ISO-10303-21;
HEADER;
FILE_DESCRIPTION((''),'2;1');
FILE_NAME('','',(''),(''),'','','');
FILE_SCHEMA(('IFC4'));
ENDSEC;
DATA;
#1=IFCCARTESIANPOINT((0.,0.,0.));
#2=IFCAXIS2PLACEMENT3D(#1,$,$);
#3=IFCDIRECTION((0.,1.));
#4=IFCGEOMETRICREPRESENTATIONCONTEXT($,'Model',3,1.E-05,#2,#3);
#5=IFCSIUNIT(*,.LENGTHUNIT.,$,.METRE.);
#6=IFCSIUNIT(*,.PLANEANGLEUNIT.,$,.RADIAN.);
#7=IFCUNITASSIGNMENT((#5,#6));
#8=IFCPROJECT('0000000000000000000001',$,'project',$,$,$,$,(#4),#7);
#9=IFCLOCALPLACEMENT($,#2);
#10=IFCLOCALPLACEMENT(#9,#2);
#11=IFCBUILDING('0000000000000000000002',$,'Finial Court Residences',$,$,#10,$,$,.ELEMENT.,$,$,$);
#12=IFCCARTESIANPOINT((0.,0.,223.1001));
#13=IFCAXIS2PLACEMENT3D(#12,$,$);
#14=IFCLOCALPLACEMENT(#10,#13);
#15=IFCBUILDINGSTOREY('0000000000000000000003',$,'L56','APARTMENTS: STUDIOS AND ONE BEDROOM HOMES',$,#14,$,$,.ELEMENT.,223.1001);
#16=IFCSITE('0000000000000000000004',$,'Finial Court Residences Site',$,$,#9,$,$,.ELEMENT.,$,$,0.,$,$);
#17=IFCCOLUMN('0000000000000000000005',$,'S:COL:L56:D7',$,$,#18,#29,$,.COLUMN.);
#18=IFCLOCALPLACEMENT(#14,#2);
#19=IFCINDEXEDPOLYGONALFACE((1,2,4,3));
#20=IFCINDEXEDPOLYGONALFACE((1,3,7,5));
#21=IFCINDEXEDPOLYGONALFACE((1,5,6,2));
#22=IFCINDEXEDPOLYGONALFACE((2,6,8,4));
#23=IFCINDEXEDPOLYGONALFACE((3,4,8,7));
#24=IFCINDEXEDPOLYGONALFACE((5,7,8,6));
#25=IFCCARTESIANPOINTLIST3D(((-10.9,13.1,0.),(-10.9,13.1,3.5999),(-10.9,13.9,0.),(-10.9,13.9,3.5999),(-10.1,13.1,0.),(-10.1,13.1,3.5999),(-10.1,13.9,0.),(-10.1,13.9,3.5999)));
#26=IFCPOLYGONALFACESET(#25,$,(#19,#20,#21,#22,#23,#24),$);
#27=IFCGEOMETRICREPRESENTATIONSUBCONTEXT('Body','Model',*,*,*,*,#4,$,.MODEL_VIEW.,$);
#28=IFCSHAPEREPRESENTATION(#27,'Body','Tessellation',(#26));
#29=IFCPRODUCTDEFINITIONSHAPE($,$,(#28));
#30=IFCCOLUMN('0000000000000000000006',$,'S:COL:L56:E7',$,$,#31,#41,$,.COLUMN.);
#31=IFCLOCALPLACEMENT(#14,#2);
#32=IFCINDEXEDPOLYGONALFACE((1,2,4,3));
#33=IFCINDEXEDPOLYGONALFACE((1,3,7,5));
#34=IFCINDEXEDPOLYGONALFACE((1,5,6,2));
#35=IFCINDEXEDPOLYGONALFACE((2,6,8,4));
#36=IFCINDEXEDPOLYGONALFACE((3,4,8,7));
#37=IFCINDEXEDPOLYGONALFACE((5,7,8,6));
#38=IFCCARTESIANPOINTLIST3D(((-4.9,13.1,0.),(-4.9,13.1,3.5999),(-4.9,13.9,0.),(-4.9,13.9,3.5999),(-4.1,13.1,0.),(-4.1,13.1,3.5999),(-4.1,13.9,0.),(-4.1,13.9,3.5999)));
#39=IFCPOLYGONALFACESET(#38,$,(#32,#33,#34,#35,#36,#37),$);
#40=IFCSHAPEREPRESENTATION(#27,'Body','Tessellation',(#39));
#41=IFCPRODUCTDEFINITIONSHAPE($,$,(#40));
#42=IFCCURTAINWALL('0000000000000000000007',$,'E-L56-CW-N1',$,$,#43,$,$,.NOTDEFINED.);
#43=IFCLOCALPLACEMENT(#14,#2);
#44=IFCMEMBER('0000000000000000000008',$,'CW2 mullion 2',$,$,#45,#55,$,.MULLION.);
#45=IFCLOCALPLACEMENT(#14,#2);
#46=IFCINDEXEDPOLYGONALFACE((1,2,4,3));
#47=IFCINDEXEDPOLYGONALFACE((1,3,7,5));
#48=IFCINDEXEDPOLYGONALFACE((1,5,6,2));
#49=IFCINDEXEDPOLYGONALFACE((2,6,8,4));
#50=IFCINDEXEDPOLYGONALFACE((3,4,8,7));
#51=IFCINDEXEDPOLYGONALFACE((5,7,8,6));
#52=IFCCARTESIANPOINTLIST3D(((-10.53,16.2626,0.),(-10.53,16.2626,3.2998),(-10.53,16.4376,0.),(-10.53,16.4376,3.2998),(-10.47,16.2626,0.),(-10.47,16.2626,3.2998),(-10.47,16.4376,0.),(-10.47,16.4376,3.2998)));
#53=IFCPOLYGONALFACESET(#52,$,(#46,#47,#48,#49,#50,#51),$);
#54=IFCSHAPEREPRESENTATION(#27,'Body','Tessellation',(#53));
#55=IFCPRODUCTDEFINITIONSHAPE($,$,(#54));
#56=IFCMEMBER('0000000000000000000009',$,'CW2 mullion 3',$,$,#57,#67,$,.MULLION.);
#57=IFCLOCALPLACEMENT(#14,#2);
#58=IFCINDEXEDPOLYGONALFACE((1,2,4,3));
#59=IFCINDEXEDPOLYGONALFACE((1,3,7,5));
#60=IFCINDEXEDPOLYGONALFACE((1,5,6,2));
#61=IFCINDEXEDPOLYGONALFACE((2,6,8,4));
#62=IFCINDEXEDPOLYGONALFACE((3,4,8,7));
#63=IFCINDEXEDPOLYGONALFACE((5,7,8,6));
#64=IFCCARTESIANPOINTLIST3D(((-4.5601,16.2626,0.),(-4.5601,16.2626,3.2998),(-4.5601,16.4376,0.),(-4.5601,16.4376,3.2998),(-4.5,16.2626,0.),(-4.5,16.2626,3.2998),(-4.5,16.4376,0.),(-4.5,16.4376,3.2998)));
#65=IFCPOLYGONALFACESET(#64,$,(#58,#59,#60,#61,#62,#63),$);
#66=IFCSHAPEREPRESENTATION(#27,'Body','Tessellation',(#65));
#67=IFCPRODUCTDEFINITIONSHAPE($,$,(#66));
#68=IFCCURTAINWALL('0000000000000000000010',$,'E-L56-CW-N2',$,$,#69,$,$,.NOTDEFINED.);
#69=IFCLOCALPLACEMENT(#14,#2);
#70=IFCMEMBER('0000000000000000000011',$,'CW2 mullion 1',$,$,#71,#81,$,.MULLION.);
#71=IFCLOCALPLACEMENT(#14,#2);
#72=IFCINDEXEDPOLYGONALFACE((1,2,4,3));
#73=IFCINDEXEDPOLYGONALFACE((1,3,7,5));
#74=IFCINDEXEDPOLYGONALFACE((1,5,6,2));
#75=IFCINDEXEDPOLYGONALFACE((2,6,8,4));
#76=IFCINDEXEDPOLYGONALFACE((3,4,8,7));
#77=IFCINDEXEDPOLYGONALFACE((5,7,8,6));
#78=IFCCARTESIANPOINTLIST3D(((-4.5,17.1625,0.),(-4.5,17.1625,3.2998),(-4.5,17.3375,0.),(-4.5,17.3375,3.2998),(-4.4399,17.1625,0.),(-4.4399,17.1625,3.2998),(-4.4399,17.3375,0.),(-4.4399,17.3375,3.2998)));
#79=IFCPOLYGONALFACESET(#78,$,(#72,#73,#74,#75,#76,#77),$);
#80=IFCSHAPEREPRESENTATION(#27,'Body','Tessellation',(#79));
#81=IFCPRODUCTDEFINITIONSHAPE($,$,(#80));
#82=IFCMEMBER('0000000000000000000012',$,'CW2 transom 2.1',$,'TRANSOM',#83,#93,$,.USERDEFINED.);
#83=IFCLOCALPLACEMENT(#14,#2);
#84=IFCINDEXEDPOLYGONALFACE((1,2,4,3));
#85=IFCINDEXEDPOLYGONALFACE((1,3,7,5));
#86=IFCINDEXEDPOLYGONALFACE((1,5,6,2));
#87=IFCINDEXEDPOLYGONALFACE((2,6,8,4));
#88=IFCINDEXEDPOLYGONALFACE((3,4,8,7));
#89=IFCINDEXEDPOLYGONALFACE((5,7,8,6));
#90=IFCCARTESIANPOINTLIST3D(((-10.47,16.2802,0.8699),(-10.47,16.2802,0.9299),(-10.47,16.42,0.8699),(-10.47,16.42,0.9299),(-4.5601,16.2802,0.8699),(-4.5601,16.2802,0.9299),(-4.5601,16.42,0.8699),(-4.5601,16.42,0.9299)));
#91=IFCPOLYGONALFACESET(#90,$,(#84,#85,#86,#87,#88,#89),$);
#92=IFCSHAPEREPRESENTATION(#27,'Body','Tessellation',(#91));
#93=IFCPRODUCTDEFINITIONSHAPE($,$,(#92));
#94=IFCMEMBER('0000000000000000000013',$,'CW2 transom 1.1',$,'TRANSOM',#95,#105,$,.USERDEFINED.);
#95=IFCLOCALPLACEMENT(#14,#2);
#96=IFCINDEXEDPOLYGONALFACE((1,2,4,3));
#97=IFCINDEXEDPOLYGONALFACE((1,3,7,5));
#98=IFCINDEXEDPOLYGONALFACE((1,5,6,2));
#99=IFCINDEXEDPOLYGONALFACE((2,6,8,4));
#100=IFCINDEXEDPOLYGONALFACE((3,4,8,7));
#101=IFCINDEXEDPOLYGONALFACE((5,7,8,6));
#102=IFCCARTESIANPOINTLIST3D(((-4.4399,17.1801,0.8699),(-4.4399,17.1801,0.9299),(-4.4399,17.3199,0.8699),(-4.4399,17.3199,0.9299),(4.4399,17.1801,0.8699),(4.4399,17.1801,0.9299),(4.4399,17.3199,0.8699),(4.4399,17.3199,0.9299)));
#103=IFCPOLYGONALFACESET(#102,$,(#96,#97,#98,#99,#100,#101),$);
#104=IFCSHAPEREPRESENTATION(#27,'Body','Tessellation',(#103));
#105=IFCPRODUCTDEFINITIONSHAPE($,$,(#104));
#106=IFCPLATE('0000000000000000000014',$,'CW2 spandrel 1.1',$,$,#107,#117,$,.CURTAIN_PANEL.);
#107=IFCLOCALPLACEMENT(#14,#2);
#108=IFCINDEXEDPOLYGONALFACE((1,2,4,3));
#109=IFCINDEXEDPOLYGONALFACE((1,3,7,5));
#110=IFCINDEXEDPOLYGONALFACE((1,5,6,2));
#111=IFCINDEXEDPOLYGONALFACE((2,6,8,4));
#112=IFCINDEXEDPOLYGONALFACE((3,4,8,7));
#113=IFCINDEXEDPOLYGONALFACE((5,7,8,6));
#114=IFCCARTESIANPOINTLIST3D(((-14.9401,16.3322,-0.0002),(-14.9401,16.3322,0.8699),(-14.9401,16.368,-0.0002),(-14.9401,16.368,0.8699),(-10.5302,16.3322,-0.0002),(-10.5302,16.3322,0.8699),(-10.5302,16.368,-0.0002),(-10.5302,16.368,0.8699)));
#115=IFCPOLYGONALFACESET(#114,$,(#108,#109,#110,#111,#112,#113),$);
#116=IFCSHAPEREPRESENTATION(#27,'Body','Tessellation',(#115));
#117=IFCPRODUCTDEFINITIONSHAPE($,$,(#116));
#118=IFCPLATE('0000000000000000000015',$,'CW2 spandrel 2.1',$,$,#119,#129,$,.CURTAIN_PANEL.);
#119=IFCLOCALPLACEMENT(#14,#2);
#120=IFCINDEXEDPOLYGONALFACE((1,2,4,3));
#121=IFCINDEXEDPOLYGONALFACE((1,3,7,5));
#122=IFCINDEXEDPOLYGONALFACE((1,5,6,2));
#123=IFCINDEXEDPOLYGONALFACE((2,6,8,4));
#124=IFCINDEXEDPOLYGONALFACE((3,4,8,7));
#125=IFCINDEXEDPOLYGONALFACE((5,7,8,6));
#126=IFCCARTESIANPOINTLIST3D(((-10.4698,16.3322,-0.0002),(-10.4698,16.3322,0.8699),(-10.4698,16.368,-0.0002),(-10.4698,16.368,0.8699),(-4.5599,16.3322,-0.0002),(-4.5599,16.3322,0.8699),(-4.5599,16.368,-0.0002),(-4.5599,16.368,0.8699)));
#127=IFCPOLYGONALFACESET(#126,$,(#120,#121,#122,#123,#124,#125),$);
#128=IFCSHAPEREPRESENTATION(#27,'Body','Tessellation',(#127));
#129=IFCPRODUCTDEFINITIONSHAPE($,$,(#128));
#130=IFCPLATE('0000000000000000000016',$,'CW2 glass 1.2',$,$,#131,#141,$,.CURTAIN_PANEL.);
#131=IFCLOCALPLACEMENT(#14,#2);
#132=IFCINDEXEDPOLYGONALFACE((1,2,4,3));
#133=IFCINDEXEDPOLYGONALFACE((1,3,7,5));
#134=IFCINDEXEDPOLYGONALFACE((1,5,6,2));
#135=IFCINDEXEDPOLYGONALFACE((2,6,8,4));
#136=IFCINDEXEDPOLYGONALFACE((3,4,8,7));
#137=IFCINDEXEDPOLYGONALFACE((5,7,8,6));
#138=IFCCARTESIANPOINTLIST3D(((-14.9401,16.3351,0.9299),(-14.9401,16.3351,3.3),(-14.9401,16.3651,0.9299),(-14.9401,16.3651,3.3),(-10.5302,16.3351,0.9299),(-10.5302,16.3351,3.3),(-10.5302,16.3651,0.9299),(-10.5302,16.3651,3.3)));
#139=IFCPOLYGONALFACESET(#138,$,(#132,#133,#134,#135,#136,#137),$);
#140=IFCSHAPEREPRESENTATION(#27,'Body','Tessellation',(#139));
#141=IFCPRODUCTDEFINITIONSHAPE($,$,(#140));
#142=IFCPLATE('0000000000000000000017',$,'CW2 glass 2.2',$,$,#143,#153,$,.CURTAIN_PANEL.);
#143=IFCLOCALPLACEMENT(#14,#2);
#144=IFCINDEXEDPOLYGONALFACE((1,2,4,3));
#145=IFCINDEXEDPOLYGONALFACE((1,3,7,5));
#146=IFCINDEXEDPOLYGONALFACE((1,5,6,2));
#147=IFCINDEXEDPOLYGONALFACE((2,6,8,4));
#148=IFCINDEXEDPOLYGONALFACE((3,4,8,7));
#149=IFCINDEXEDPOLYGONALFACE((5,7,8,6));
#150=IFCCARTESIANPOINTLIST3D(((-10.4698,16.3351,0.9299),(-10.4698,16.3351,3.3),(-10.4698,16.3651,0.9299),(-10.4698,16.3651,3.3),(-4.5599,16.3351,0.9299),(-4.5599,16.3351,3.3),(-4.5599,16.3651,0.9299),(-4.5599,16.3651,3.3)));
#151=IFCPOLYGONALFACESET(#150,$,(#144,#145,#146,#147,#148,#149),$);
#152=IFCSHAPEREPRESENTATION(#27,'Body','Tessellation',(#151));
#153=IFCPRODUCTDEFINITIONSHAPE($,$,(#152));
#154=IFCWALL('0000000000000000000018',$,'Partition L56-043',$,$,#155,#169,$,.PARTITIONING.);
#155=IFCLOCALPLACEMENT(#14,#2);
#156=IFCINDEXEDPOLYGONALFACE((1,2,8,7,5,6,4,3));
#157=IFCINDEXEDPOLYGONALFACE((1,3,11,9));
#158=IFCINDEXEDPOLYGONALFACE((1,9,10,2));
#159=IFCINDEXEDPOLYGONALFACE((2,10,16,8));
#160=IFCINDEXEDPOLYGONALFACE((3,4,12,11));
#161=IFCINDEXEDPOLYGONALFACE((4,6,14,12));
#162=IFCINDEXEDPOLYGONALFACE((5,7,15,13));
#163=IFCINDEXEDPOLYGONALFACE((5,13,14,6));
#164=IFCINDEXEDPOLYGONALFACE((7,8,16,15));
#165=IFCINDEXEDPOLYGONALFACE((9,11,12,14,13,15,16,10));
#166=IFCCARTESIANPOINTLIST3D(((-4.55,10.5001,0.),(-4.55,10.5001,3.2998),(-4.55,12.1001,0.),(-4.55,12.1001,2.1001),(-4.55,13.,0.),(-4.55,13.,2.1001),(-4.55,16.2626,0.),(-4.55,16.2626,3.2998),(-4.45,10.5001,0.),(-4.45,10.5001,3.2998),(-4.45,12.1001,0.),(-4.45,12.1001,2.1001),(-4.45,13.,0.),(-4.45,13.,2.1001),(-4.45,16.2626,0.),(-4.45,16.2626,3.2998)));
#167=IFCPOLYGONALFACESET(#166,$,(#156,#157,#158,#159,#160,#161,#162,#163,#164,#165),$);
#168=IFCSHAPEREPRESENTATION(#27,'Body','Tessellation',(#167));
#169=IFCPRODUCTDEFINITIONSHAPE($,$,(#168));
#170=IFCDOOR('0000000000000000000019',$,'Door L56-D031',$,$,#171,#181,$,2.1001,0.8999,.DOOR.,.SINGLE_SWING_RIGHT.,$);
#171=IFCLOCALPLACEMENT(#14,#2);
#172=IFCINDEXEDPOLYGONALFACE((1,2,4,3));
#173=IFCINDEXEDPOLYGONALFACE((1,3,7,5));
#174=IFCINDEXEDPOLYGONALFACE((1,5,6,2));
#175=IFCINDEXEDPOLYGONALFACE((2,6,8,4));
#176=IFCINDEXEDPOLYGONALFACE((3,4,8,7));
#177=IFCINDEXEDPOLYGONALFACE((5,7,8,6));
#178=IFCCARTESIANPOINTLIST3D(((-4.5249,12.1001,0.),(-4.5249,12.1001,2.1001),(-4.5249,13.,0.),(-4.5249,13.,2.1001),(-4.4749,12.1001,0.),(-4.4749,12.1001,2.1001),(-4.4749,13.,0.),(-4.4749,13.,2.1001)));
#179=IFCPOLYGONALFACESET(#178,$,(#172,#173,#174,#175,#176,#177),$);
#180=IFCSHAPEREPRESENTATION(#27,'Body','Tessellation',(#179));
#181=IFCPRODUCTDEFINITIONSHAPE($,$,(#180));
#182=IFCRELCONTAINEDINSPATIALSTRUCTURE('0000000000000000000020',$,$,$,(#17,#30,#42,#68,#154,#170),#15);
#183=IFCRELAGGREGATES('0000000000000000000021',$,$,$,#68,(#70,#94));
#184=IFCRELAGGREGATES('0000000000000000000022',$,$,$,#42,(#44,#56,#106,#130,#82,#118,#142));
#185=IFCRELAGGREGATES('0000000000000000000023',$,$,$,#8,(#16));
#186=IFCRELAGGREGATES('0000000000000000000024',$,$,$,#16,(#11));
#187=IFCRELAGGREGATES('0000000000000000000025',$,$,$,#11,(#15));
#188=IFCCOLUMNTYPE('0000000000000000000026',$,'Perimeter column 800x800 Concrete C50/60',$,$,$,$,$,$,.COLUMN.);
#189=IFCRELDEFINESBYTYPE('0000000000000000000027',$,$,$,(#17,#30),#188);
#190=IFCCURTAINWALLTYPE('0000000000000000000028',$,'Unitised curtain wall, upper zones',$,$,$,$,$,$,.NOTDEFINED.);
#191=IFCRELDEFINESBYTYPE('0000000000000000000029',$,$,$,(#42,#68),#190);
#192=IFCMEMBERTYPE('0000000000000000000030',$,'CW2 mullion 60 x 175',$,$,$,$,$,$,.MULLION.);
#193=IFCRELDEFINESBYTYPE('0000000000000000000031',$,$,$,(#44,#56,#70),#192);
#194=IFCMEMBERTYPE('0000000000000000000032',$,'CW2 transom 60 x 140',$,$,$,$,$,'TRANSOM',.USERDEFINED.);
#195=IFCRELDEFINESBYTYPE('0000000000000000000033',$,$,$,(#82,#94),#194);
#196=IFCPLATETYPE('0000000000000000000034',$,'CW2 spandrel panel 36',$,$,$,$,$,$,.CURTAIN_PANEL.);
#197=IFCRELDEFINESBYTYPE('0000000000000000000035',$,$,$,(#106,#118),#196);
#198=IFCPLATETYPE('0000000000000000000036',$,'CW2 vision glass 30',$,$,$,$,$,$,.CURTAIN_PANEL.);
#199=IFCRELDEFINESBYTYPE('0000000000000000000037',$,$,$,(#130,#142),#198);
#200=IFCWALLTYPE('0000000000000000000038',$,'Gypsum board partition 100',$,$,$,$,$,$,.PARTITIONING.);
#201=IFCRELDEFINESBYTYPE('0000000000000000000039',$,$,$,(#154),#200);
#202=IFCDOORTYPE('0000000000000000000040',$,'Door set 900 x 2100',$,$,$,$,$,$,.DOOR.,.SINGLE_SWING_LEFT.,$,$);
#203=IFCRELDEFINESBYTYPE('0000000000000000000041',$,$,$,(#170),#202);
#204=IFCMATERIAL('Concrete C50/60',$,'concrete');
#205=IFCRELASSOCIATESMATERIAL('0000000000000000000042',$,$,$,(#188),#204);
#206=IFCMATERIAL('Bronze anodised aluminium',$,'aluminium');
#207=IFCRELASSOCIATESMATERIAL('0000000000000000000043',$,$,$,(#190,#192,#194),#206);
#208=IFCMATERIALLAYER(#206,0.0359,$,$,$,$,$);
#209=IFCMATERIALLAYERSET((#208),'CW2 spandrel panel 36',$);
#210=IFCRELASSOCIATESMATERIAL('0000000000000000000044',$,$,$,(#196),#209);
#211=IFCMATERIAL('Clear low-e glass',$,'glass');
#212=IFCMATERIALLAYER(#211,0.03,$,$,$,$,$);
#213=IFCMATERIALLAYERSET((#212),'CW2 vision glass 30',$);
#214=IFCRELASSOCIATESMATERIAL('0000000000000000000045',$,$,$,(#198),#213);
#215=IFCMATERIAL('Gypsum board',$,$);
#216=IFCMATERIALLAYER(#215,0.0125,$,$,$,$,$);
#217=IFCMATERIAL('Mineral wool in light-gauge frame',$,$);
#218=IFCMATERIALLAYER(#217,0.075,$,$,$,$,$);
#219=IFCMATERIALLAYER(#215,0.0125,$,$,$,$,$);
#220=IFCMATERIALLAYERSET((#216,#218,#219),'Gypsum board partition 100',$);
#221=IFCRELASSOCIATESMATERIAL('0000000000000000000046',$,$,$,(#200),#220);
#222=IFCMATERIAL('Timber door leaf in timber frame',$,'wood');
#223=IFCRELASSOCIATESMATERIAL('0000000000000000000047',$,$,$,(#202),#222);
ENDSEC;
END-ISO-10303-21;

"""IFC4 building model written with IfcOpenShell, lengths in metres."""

from ifc_helpers import new_model, si_unit, direction, frame, frame_2d, origin, origin_2d, place, context, subcontext, project, spatial, rectangle, extrude, material, layer, layer_set, material_profile, profile_set, type_object, element, fill, aggregate, save


model = new_model("IFC4")

# Units and contexts
model_context = context("Model", 3, precision=1e-05, world=origin(), true_north=direction((0.0, 1.0)))
body_context = subcontext(model_context, "Body", "Model", "MODEL_VIEW")
ifc_project = project(units=[si_unit("LENGTHUNIT", "METRE"), si_unit("PLANEANGLEUNIT", "RADIAN")], contexts=[model_context])

# Site, building, storey
site_placement = place(None, origin())
site = spatial("IfcSite", under=ifc_project, at=site_placement, Name="Finial Court Residences Site", CompositionType="ELEMENT", RefElevation=0.0)
building_placement = place(site_placement, origin())
building = spatial("IfcBuilding", under=site, at=building_placement, Name="Finial Court Residences", CompositionType="ELEMENT")
storey_placement = place(building_placement, frame((0.0, 0.0, 223.1001)))
storey = spatial("IfcBuildingStorey", under=building, at=storey_placement, Name="L56", Description="APARTMENTS: STUDIOS AND ONE BEDROOM HOMES", CompositionType="ELEMENT", Elevation=223.1001)

# Columns
ifc_material_1 = material(Name="Concrete C50/60", Category="concrete")
ifc_material_profile_1 = material_profile(ifc_material_1, rectangle(XDim=0.8, YDim=0.8, at=origin_2d()), Name="800x800")
ifc_profile_set_1 = profile_set([ifc_material_profile_1], Name="Concrete C50/60")
column_type = type_object("IfcColumnType", Name="Perimeter column 800x800 Concrete C50/60", PredefinedType="COLUMN", material=ifc_profile_set_1)
for number, where, z_axis, x_axis, name in (
    (1, (-10.5, 13.5, 0.0), (0.0, 0.0, 1.0), (1.0, 0.0, 0.0), "S:COL:L56:D7"),
    (2, (-4.5, 13.5, 0.0), (0.0, 0.0, 1.0), (1.0, 0.0, 0.0), "S:COL:L56:E7"),
):
    element("IfcColumn", number, at=place(storey_placement, frame(where, z_axis=z_axis, x_axis=x_axis)), inside=storey, type_object=column_type, Name=name, PredefinedType="COLUMN", context=body_context, shape_type="SweptSolid", body=[
        extrude(rectangle(XDim=0.8, YDim=0.8, at=origin_2d()), origin(), (0.0, 0.0, 1.0), 3.5999),
    ])

# Curtain wall, members
ifc_material_2 = material(Name="Bronze anodised aluminium", Category="aluminium")
curtain_wall_type = type_object("IfcCurtainWallType", Name="Unitised curtain wall, upper zones", PredefinedType="NOTDEFINED", material=ifc_material_2)
curtain_wall_1_placement = place(storey_placement, origin())
curtain_wall_1 = element("IfcCurtainWall", 3, at=curtain_wall_1_placement, inside=storey, type_object=curtain_wall_type, Name="E-L56-CW-N1", PredefinedType="NOTDEFINED")
ifc_material_profile_2 = material_profile(ifc_material_2, rectangle(XDim=0.175, YDim=0.0601, at=origin_2d()), Name="CW2 mullion 60 x 175")
ifc_profile_set_2 = profile_set([ifc_material_profile_2], Name="Bronze anodised aluminium")
member_type_1 = type_object("IfcMemberType", Name="CW2 mullion 60 x 175", PredefinedType="MULLION", material=ifc_profile_set_2)
member_1_placement = place(storey_placement, frame((-10.5, 16.3501, 0.0), z_axis=(0.0, 0.0, 1.0), x_axis=(0.0, 1.0, 0.0)))
member_1 = element("IfcMember", 4, at=member_1_placement, type_object=member_type_1, Name="CW2 mullion 2", PredefinedType="MULLION", context=body_context, shape_type="SweptSolid", body=[
    extrude(rectangle(XDim=0.175, YDim=0.0601, at=origin_2d()), origin(), (0.0, 0.0, 1.0), 3.2998),
])
member_2_placement = place(storey_placement, frame((-4.53, 16.3501, 0.0), z_axis=(0.0, 0.0, 1.0), x_axis=(0.0, 1.0, 0.0)))
member_2 = element("IfcMember", 5, at=member_2_placement, type_object=member_type_1, Name="CW2 mullion 3", PredefinedType="MULLION", context=body_context, shape_type="SweptSolid", body=[
    extrude(rectangle(XDim=0.175, YDim=0.0601, at=origin_2d()), origin(), (0.0, 0.0, 1.0), 3.2998),
])

# Curtain wall, member
curtain_wall_2_placement = place(storey_placement, origin())
curtain_wall_2 = element("IfcCurtainWall", 6, at=curtain_wall_2_placement, inside=storey, type_object=curtain_wall_type, Name="E-L56-CW-N2", PredefinedType="NOTDEFINED")
member_3_placement = place(storey_placement, frame((-4.47, 17.25, 0.0), z_axis=(0.0, 0.0, 1.0), x_axis=(0.0, 1.0, 0.0)))
member_3 = element("IfcMember", 7, at=member_3_placement, type_object=member_type_1, Name="CW2 mullion 1", PredefinedType="MULLION", context=body_context, shape_type="SweptSolid", body=[
    extrude(rectangle(XDim=0.175, YDim=0.0601, at=origin_2d()), origin(), (0.0, 0.0, 1.0), 3.2998),
])

# Members
ifc_material_profile_3 = material_profile(ifc_material_2, rectangle(XDim=0.1399, YDim=0.0601, at=origin_2d()), Name="CW2 transom 60 x 140")
ifc_profile_set_3 = profile_set([ifc_material_profile_3], Name="Bronze anodised aluminium")
member_type_2 = type_object("IfcMemberType", Name="CW2 transom 60 x 140", ElementType="TRANSOM", PredefinedType="USERDEFINED", material=ifc_profile_set_3)
member_4_placement = place(storey_placement, frame((-10.47, 16.3501, 0.8999), z_axis=(1.0, 0.0, 0.0), x_axis=(0.0, 1.0, 0.0)))
member_4 = element("IfcMember", 8, at=member_4_placement, type_object=member_type_2, Name="CW2 transom 2.1", ObjectType="TRANSOM", PredefinedType="USERDEFINED", context=body_context, shape_type="SweptSolid", body=[
    extrude(rectangle(XDim=0.1399, YDim=0.0601, at=origin_2d()), origin(), (0.0, 0.0, 1.0), 5.9099),
])
member_5_placement = place(storey_placement, frame((-4.4399, 17.25, 0.8999), z_axis=(1.0, 0.0, 0.0), x_axis=(0.0, 1.0, 0.0)))
member_5 = element("IfcMember", 9, at=member_5_placement, type_object=member_type_2, Name="CW2 transom 1.1", ObjectType="TRANSOM", PredefinedType="USERDEFINED", context=body_context, shape_type="SweptSolid", body=[
    extrude(rectangle(XDim=0.1399, YDim=0.0601, at=origin_2d()), origin(), (0.0, 0.0, 1.0), 8.8799),
])
aggregate(curtain_wall_2, [member_3, member_5])

# Plates
ifc_layer_1 = layer(ifc_material_2, 0.0359)
ifc_layer_set_1 = layer_set([ifc_layer_1], Name="CW2 spandrel panel 36")
plate_type_1 = type_object("IfcPlateType", Name="CW2 spandrel panel 36", PredefinedType="CURTAIN_PANEL", material=ifc_layer_set_1)
plate_1_placement = place(storey_placement, frame((-12.7351, 16.3501, -0.0002), z_axis=(0.0, 0.0, 1.0), x_axis=(1.0, 0.0, 0.0)))
plate_1 = element("IfcPlate", 10, at=plate_1_placement, type_object=plate_type_1, Name="CW2 spandrel 1.1", PredefinedType="CURTAIN_PANEL", context=body_context, shape_type="SweptSolid", body=[
    extrude(rectangle(XDim=4.4099, YDim=0.0359, at=origin_2d()), origin(), (0.0, 0.0, 1.0), 0.8701),
])
plate_2_placement = place(storey_placement, frame((-7.5149, 16.3501, -0.0002), z_axis=(0.0, 0.0, 1.0), x_axis=(1.0, 0.0, 0.0)))
plate_2 = element("IfcPlate", 11, at=plate_2_placement, type_object=plate_type_1, Name="CW2 spandrel 2.1", PredefinedType="CURTAIN_PANEL", context=body_context, shape_type="SweptSolid", body=[
    extrude(rectangle(XDim=5.9099, YDim=0.0359, at=origin_2d()), origin(), (0.0, 0.0, 1.0), 0.8701),
])
ifc_material_3 = material(Name="Clear low-e glass", Category="glass")
ifc_layer_2 = layer(ifc_material_3, 0.03)
ifc_layer_set_2 = layer_set([ifc_layer_2], Name="CW2 vision glass 30")
plate_type_2 = type_object("IfcPlateType", Name="CW2 vision glass 30", PredefinedType="CURTAIN_PANEL", material=ifc_layer_set_2)
plate_3_placement = place(storey_placement, frame((-12.7351, 16.3501, 0.9299), z_axis=(0.0, 0.0, 1.0), x_axis=(1.0, 0.0, 0.0)))
plate_3 = element("IfcPlate", 12, at=plate_3_placement, type_object=plate_type_2, Name="CW2 glass 1.2", PredefinedType="CURTAIN_PANEL", context=body_context, shape_type="SweptSolid", body=[
    extrude(rectangle(XDim=4.4099, YDim=0.03, at=origin_2d()), origin(), (0.0, 0.0, 1.0), 2.3701),
])
plate_4_placement = place(storey_placement, frame((-7.5149, 16.3501, 0.9299), z_axis=(0.0, 0.0, 1.0), x_axis=(1.0, 0.0, 0.0)))
plate_4 = element("IfcPlate", 13, at=plate_4_placement, type_object=plate_type_2, Name="CW2 glass 2.2", PredefinedType="CURTAIN_PANEL", context=body_context, shape_type="SweptSolid", body=[
    extrude(rectangle(XDim=5.9099, YDim=0.03, at=origin_2d()), origin(), (0.0, 0.0, 1.0), 2.3701),
])
aggregate(curtain_wall_1, [member_1, member_2, plate_1, plate_3, member_4, plate_2, plate_4])

# Wall, opening, door
ifc_material_4 = material(Name="Gypsum board")
ifc_layer_3 = layer(ifc_material_4, 0.0125)
ifc_material_5 = material(Name="Mineral wool in light-gauge frame")
ifc_layer_4 = layer(ifc_material_5, 0.075)
ifc_layer_5 = layer(ifc_material_4, 0.0125)
ifc_layer_set_3 = layer_set([ifc_layer_3, ifc_layer_4, ifc_layer_5], Name="Gypsum board partition 100")
wall_type_1 = type_object("IfcWallType", Name="Gypsum board partition 100", PredefinedType="PARTITIONING", material=ifc_layer_set_3)
wall_1_placement = place(storey_placement, frame((-4.5, 10.5, 0.0), z_axis=(0.0, 0.0, 1.0), x_axis=(0.0, 1.0, 0.0)))
wall_1 = element("IfcWall", 14, at=wall_1_placement, inside=storey, type_object=wall_type_1, Name="Partition L56-043", PredefinedType="PARTITIONING", context=body_context, shape_type="SweptSolid", body=[
    extrude(rectangle(XDim=5.7625, YDim=0.1001, at=frame_2d((2.8813, 0.0))), origin(), (0.0, 0.0, 1.0), 3.2998),
])
opening_1_placement = place(wall_1_placement, frame((1.6001, 0.0, 0.0)))
opening_1 = element("IfcOpeningElement", 15, at=opening_1_placement, cuts=wall_1, PredefinedType="OPENING", context=body_context, shape_type="SweptSolid", body=[
    extrude(rectangle(XDim=0.8999, YDim=2.1001, at=frame_2d((0.45, 1.05))), frame((0.0, 0.0601, 0.0), z_axis=(0.0, -1.0, 0.0), x_axis=(1.0, 0.0, 0.0)), (0.0, 0.0, 1.0), 0.1201),
])
ifc_material_6 = material(Name="Timber door leaf in timber frame", Category="wood")
door_type = type_object("IfcDoorType", Name="Door set 900 x 2100", OperationType="SINGLE_SWING_LEFT", PredefinedType="DOOR", material=ifc_material_6)
door_1_placement = place(opening_1_placement, origin())
door_1 = element("IfcDoor", 16, at=door_1_placement, inside=storey, type_object=door_type, Name="Door L56-D031", OperationType="SINGLE_SWING_RIGHT", OverallHeight=2.1001, OverallWidth=0.8999, PredefinedType="DOOR", context=body_context, shape_type="SweptSolid", body=[
    extrude(rectangle(XDim=0.8999, YDim=2.1001, at=frame_2d((0.45, 1.05))), frame((0.0, 0.0249, 0.0), z_axis=(0.0, -1.0, 0.0), x_axis=(1.0, 0.0, 0.0)), (0.0, 0.0, 1.0), 0.05),
])
fill(opening_1, door_1)

save(model, "model.ifc")
